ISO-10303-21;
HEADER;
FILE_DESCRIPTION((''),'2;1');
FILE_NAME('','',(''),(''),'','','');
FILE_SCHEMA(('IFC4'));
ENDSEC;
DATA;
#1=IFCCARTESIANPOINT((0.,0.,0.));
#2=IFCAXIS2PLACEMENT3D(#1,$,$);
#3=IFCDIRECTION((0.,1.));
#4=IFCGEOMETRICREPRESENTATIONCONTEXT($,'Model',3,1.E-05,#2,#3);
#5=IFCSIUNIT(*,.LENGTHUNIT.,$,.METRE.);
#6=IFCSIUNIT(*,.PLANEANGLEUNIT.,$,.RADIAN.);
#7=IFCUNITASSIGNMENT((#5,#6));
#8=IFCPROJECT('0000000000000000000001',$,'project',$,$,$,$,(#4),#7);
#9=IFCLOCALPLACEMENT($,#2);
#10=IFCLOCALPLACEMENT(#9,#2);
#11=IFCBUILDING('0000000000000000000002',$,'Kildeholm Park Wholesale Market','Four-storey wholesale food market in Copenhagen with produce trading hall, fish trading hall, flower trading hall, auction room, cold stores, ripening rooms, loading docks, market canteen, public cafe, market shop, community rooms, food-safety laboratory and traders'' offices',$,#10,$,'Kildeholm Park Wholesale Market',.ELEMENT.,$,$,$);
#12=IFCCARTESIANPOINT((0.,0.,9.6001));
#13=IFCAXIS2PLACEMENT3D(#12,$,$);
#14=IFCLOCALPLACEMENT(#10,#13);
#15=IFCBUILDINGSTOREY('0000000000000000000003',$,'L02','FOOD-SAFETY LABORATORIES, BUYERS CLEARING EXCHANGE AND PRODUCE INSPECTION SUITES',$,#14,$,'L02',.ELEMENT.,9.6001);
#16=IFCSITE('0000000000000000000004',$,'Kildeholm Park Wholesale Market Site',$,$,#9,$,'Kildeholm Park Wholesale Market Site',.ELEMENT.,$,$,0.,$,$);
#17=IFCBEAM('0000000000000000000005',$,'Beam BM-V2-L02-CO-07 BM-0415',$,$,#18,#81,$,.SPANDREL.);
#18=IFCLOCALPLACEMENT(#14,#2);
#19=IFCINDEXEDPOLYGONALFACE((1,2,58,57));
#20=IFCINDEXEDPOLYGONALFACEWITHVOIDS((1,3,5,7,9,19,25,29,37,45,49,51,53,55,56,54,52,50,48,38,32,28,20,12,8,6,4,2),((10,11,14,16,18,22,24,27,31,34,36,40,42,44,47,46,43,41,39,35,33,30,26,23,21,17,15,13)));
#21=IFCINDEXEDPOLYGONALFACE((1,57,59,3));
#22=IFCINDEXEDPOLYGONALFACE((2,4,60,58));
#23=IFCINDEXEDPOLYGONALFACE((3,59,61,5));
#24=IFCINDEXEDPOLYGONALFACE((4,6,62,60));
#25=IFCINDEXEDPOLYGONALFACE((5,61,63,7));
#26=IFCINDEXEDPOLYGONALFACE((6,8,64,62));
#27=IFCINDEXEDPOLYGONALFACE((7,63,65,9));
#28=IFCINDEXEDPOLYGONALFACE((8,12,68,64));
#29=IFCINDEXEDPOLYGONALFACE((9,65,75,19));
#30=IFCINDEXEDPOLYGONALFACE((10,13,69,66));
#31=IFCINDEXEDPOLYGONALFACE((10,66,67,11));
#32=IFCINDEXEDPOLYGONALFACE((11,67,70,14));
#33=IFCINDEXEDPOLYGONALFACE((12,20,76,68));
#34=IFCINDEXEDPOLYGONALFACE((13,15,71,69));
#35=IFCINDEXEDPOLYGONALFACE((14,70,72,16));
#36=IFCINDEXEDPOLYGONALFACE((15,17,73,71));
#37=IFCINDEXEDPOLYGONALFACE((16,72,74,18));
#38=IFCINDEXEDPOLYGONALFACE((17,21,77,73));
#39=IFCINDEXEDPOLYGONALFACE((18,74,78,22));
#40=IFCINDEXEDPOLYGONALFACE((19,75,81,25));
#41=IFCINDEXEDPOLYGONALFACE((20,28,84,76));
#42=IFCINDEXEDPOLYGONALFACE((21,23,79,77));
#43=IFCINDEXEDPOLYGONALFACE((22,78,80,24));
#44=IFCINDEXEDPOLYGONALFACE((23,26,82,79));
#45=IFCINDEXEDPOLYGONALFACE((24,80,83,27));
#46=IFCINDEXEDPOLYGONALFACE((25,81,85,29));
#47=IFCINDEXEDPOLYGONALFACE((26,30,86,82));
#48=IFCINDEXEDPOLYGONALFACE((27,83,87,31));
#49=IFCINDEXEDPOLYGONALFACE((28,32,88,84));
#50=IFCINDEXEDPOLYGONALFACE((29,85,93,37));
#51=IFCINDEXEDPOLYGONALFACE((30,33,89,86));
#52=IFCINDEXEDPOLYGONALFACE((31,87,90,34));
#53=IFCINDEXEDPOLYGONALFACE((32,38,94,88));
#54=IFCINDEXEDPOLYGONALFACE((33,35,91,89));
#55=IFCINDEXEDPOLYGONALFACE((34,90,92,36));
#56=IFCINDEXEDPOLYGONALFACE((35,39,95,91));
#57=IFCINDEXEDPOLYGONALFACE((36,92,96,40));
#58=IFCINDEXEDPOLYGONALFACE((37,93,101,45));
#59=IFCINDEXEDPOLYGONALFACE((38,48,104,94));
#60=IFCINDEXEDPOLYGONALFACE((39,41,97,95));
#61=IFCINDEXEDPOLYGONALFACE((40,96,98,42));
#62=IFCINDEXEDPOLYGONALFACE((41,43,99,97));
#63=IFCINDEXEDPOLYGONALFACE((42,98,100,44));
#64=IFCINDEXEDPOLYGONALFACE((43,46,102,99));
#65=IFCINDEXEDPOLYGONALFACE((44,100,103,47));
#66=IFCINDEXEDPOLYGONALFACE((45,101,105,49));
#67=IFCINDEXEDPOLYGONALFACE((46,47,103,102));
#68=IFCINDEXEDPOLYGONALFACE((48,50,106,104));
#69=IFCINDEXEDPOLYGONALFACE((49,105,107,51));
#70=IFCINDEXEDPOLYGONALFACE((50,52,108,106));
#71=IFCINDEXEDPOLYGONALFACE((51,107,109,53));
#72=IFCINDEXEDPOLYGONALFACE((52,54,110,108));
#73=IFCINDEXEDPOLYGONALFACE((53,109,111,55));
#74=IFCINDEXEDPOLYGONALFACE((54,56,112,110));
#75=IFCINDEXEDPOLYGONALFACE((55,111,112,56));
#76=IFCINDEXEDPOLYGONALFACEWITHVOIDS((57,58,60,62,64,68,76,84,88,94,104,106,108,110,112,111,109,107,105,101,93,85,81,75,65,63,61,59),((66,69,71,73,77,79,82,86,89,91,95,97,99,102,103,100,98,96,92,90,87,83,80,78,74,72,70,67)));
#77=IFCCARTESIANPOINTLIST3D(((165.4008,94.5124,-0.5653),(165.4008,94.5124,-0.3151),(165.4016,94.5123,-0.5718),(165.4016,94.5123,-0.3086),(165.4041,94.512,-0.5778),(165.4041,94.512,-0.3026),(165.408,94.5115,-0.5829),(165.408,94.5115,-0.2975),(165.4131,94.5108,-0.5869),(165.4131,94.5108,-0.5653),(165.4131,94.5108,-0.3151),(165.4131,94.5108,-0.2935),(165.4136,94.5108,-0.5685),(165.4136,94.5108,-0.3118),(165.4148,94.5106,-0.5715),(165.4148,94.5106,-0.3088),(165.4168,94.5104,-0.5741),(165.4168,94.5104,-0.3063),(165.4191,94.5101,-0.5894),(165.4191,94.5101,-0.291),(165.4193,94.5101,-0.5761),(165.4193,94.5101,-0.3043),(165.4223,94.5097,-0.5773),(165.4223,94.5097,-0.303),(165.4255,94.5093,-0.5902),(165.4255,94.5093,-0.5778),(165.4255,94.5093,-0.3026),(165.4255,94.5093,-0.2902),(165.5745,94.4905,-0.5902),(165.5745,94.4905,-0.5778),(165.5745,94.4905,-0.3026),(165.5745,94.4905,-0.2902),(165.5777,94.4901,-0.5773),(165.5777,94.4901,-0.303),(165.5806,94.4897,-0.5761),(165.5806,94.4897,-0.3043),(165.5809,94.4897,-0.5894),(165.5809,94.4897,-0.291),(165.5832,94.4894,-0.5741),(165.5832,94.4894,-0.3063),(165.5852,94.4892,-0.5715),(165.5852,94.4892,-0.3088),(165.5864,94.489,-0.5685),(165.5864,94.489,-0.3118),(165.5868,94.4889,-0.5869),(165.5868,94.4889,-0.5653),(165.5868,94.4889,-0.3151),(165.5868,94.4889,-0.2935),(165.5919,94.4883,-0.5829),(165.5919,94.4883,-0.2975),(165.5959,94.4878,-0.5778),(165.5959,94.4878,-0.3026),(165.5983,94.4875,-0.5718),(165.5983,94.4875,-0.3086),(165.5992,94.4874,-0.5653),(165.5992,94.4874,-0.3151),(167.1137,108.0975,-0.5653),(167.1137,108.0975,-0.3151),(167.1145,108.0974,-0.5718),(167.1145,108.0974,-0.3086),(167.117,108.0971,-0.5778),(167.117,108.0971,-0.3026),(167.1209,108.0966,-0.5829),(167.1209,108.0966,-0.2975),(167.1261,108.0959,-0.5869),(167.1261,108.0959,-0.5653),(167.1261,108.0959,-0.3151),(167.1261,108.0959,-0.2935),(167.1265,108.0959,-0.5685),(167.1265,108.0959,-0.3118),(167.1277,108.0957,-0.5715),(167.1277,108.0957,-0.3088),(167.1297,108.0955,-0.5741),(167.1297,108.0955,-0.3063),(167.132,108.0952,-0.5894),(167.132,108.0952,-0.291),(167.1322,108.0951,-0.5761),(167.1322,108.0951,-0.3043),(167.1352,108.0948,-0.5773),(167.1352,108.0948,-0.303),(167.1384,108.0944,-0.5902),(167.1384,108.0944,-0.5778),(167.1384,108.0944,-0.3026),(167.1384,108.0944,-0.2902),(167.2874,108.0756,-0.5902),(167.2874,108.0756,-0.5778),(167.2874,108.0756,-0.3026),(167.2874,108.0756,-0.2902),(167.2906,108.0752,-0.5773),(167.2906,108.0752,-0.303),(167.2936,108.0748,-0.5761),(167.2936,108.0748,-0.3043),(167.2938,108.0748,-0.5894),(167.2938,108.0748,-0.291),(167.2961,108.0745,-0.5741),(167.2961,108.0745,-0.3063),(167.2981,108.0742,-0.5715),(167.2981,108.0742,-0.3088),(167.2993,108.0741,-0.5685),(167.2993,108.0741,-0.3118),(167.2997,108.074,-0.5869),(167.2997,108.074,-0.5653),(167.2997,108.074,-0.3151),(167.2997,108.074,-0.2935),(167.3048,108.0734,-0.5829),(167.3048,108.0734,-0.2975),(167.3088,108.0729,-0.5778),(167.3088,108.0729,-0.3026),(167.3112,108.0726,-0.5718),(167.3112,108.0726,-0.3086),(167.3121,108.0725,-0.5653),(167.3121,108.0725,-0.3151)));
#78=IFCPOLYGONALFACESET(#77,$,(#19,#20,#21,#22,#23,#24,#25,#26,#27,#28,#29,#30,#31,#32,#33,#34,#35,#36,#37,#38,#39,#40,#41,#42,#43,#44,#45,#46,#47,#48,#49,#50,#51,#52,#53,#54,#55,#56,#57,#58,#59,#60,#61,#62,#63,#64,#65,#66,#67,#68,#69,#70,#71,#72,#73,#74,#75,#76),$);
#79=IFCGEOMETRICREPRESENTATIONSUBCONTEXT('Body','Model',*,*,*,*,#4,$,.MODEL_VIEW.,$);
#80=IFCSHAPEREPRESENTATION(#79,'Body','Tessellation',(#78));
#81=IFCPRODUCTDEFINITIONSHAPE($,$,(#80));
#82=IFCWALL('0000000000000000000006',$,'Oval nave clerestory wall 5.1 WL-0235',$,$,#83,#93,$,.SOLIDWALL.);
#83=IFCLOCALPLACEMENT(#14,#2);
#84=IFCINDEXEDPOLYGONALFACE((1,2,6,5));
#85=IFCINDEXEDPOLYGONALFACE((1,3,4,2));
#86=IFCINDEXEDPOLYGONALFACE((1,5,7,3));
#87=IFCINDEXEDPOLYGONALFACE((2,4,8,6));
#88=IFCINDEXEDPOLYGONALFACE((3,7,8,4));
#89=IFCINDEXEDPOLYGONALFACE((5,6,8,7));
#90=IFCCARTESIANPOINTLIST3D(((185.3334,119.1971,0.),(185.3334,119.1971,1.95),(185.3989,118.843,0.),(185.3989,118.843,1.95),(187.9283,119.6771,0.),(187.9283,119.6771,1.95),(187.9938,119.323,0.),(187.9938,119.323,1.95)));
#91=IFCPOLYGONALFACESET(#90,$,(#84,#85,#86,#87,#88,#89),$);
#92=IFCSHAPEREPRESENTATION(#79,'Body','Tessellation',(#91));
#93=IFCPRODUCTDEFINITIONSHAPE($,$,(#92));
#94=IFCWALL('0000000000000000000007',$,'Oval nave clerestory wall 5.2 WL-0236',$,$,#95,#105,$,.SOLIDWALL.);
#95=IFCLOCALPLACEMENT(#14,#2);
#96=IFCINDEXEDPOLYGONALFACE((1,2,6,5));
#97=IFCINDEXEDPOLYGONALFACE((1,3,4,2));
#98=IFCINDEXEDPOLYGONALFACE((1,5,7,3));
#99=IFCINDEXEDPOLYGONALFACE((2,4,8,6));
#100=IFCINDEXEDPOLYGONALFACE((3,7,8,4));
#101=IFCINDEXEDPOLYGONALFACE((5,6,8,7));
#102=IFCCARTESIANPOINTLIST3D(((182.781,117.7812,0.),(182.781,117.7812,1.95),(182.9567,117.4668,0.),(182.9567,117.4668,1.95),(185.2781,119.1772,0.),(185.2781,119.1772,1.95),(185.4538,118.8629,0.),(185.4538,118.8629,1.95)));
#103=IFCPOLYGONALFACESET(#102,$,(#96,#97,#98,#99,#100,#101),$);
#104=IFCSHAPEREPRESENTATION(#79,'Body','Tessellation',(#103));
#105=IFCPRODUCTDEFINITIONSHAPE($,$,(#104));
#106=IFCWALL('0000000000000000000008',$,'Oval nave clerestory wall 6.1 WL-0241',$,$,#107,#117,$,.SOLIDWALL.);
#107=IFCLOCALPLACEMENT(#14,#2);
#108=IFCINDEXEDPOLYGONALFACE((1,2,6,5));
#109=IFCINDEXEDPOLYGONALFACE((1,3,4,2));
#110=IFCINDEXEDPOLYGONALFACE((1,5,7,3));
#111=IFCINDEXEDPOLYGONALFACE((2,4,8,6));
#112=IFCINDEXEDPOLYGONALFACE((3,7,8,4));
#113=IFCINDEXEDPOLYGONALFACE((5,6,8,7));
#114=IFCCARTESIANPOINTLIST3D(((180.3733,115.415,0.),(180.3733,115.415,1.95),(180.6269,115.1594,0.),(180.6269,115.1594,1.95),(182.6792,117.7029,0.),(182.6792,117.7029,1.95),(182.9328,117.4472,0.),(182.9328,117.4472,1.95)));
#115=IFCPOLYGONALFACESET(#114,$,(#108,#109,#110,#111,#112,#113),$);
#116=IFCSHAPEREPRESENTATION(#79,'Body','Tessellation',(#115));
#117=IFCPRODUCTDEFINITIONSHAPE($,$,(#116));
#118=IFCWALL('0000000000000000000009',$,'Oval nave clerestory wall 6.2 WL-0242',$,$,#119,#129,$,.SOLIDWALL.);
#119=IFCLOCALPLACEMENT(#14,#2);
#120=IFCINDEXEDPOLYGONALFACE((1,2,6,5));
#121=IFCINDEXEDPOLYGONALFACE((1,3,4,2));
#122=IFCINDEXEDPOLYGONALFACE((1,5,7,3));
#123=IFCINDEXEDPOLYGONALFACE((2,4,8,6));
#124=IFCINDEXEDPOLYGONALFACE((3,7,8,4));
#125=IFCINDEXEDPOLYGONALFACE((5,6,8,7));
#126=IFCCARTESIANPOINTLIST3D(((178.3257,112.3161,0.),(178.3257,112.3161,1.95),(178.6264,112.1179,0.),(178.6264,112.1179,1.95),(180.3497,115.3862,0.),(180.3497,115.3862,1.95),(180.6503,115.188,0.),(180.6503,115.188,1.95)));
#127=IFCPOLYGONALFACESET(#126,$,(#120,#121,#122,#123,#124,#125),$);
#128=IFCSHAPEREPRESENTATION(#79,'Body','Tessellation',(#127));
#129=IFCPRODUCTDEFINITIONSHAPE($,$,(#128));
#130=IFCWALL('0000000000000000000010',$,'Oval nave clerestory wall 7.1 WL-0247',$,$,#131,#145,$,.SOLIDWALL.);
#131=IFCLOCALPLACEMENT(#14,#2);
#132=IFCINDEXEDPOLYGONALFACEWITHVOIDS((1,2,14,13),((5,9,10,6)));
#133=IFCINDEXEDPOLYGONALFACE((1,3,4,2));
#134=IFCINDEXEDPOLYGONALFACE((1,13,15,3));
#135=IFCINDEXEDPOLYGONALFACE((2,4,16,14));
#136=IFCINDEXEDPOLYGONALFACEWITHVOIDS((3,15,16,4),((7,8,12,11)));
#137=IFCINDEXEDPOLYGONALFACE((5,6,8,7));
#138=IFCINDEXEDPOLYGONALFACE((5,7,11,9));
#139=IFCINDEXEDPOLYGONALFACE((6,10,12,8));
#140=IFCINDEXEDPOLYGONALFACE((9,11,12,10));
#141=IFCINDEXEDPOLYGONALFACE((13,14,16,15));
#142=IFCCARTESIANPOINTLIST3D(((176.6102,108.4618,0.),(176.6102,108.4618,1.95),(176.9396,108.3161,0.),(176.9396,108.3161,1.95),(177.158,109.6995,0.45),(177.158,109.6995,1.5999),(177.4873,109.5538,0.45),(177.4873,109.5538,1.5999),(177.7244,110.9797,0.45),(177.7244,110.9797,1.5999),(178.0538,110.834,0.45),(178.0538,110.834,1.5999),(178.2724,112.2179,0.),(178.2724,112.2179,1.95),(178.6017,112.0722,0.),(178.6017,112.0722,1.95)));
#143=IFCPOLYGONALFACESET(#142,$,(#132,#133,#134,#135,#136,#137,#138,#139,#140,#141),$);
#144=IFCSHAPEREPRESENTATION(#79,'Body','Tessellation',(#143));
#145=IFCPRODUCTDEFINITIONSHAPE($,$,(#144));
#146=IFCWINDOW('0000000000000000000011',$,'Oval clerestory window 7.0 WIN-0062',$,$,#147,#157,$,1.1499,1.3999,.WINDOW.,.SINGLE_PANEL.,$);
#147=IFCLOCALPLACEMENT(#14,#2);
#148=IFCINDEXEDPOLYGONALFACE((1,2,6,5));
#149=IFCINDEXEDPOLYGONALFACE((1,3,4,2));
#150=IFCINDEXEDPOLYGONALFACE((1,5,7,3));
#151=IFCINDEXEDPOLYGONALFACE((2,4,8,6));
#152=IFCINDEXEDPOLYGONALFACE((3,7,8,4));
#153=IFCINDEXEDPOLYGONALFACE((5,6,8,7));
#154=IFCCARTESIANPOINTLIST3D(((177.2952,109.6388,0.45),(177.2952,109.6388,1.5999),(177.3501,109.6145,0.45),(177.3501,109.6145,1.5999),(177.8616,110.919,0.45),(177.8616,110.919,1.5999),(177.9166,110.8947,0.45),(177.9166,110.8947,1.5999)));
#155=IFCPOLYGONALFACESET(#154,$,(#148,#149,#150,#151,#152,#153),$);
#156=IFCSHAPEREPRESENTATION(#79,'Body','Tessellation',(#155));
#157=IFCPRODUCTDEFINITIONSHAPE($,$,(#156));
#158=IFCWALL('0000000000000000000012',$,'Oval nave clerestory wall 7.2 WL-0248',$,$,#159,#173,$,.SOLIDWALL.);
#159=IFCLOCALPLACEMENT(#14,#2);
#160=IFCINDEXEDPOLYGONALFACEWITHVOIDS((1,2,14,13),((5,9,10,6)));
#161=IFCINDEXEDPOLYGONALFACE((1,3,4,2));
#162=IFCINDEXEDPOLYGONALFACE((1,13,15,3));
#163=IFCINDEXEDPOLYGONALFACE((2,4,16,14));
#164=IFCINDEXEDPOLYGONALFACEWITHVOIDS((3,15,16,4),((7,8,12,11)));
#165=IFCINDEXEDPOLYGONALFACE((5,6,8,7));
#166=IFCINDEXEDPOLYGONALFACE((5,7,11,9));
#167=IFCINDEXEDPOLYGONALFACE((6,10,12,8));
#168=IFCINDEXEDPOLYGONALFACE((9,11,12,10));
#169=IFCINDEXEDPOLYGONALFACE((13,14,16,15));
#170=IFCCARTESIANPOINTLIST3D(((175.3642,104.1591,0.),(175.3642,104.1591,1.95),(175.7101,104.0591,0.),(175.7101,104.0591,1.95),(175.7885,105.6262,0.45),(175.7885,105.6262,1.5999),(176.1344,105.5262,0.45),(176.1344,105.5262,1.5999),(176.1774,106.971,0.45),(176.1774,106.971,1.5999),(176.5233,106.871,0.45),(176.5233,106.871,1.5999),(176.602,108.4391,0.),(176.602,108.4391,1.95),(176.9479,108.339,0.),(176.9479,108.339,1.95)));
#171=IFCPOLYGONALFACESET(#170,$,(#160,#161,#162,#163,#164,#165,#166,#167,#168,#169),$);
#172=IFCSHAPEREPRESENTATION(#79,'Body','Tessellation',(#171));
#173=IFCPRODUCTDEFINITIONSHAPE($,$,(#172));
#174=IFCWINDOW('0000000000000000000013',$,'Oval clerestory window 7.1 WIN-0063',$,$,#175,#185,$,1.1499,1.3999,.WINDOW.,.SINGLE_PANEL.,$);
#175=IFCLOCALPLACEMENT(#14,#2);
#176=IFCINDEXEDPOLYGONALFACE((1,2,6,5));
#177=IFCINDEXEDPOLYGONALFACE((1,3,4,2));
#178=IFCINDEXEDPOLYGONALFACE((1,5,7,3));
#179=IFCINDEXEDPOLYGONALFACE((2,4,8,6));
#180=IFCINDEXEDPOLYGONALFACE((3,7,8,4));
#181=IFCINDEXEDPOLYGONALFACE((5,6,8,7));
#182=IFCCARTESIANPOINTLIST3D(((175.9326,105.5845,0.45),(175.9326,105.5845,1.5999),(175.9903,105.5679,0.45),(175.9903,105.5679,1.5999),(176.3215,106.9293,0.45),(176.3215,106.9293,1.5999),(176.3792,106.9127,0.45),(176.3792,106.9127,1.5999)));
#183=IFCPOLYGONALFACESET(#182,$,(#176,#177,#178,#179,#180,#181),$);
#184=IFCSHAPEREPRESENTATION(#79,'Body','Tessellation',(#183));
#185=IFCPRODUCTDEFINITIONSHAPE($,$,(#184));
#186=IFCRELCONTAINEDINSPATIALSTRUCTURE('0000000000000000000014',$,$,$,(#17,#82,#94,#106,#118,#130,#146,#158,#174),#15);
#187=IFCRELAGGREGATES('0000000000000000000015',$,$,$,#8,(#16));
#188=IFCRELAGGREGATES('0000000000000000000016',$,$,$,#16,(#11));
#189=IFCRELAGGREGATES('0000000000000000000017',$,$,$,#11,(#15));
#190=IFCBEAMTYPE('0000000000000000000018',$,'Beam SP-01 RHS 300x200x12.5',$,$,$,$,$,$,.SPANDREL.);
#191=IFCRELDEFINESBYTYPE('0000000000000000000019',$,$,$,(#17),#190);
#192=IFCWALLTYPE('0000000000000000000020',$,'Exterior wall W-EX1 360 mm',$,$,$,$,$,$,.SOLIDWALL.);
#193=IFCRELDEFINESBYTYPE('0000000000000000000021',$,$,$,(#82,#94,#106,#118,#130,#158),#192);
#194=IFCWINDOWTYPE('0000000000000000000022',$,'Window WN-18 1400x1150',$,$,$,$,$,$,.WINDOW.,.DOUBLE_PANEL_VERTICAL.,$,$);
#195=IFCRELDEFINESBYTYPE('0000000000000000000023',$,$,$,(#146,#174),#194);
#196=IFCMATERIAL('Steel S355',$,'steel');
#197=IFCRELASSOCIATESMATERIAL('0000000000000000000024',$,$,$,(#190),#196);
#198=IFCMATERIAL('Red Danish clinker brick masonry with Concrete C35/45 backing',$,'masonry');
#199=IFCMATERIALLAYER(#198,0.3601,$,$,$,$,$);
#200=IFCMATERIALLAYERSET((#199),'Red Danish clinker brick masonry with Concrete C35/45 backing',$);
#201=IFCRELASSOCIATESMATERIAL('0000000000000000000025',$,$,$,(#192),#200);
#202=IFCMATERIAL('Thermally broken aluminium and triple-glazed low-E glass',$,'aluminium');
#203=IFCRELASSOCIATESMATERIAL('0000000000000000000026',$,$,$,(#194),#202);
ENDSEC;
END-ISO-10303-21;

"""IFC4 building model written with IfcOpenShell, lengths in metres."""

from ifc_helpers import new_model, si_unit, direction, frame, frame_2d, origin, origin_2d, place, context, subcontext, project, spatial, rectangle, hollow_rectangle, extrude, material, layer, layer_set, material_profile, profile_set, type_object, element, fill, save


model = new_model("IFC4")

# Units and contexts
model_context = context("Model", 3, precision=1e-05, world=origin(), true_north=direction((0.0, 1.0)))
body_context = subcontext(model_context, "Body", "Model", "MODEL_VIEW")
ifc_project = project(units=[si_unit("LENGTHUNIT", "METRE"), si_unit("PLANEANGLEUNIT", "RADIAN")], contexts=[model_context])

# Site, building, storey
site_placement = place(None, origin())
site = spatial("IfcSite", under=ifc_project, at=site_placement, Name="Kildeholm Park Wholesale Market Site", LongName="Kildeholm Park Wholesale Market Site", CompositionType="ELEMENT", RefElevation=0.0)
building_placement = place(site_placement, origin())
building = spatial("IfcBuilding", under=site, at=building_placement, Name="Kildeholm Park Wholesale Market", Description="Four-storey wholesale food market in Copenhagen with produce trading hall, fish trading hall, flower trading hall, auction room, cold stores, ripening rooms, loading docks, market canteen, public cafe, market shop, community rooms, food-safety laboratory and traders' offices", LongName="Kildeholm Park Wholesale Market", CompositionType="ELEMENT")
storey_placement = place(building_placement, frame((0.0, 0.0, 9.6001)))
storey = spatial("IfcBuildingStorey", under=building, at=storey_placement, Name="L02", Description="FOOD-SAFETY LABORATORIES, BUYERS CLEARING EXCHANGE AND PRODUCE INSPECTION SUITES", LongName="L02", CompositionType="ELEMENT", Elevation=9.6001)

# Shared definitions
ifc_material_1 = material(Name="Steel S355", Category="steel")

# Beam
ifc_material_profile_1 = material_profile(ifc_material_1, hollow_rectangle(XDim=0.2, YDim=0.3, WallThickness=0.0125, InnerFilletRadius=0.0125, OuterFilletRadius=0.0249, at=origin_2d()), Name="RHS 300x200x12.5")
ifc_profile_set_1 = profile_set([ifc_material_profile_1], Name="Steel S355")
beam_type_1 = type_object("IfcBeamType", Name="Beam SP-01 RHS 300x200x12.5", PredefinedType="SPANDREL", material=ifc_profile_set_1)
beam_1_placement = place(storey_placement, frame((167.2129, 108.085, -0.4402), z_axis=(-0.125097, -0.992145, 0.0), x_axis=(0.992145, -0.125097, 0.0)))
element("IfcBeam", 1, at=beam_1_placement, inside=storey, type_object=beam_type_1, Name="Beam BM-V2-L02-CO-07 BM-0415", PredefinedType="SPANDREL", context=body_context, shape_type="SweptSolid", body=[
    extrude(hollow_rectangle(XDim=0.2, YDim=0.3, WallThickness=0.0125, InnerFilletRadius=0.0125, OuterFilletRadius=0.0249, at=origin_2d()), origin(), (0.0, 0.0, 1.0), 13.6926),
])

# Walls
ifc_material_2 = material(Name="Red Danish clinker brick masonry with Concrete C35/45 backing", Category="masonry")
ifc_layer_1 = layer(ifc_material_2, 0.3601)
ifc_layer_set_1 = layer_set([ifc_layer_1], Name="Red Danish clinker brick masonry with Concrete C35/45 backing")
wall_type_1 = type_object("IfcWallType", Name="Exterior wall W-EX1 360 mm", PredefinedType="SOLIDWALL", material=ifc_layer_set_1)
wall_1_placement = place(storey_placement, frame((187.9609, 119.5, 0.0), z_axis=(0.0, 0.0, 1.0), x_axis=(-0.983321, -0.181881, 0.0)))
element("IfcWall", 2, at=wall_1_placement, inside=storey, type_object=wall_type_1, Name="Oval nave clerestory wall 5.1 WL-0235", PredefinedType="SOLIDWALL", context=body_context, shape_type="SweptSolid", body=[
    extrude(rectangle(XDim=2.6389, YDim=0.3601, at=frame_2d((1.3193, 0.0))), origin(), (0.0, 0.0, 1.0), 1.95),
])
wall_2_placement = place(storey_placement, frame((185.366, 119.02, 0.0), z_axis=(0.0, 0.0, 1.0), x_axis=(-0.872858, -0.487974, 0.0)))
element("IfcWall", 3, at=wall_2_placement, inside=storey, type_object=wall_type_1, Name="Oval nave clerestory wall 5.2 WL-0236", PredefinedType="SOLIDWALL", context=body_context, shape_type="SweptSolid", body=[
    extrude(rectangle(XDim=2.8608, YDim=0.3601, at=frame_2d((1.4304, 0.0))), origin(), (0.0, 0.0, 1.0), 1.95),
])
wall_3_placement = place(storey_placement, frame((182.8059, 117.575, 0.0), z_axis=(0.0, 0.0, 1.0), x_axis=(-0.709882, -0.70432, 0.0)))
element("IfcWall", 4, at=wall_3_placement, inside=storey, type_object=wall_type_1, Name="Oval nave clerestory wall 6.1 WL-0241", PredefinedType="SOLIDWALL", context=body_context, shape_type="SweptSolid", body=[
    extrude(rectangle(XDim=3.2483, YDim=0.3601, at=frame_2d((1.624, 0.0))), origin(), (0.0, 0.0, 1.0), 1.95),
])
wall_4_placement = place(storey_placement, frame((180.5, 115.2871, 0.0), z_axis=(0.0, 0.0, 1.0), x_axis=(-0.550403, -0.834899, 0.0)))
element("IfcWall", 5, at=wall_4_placement, inside=storey, type_object=wall_type_1, Name="Oval nave clerestory wall 6.2 WL-0242", PredefinedType="SOLIDWALL", context=body_context, shape_type="SweptSolid", body=[
    extrude(rectangle(XDim=3.6772, YDim=0.3601, at=frame_2d((1.8386, 0.0))), origin(), (0.0, 0.0, 1.0), 1.95),
])

# Walls, openings, windows
wall_5_placement = place(storey_placement, frame((178.437, 112.145, 0.0), z_axis=(0.0, 0.0, 1.0), x_axis=(-0.40466, -0.914467, 0.0)))
wall_5 = element("IfcWall", 6, at=wall_5_placement, inside=storey, type_object=wall_type_1, Name="Oval nave clerestory wall 7.1 WL-0247", PredefinedType="SOLIDWALL", context=body_context, shape_type="SweptSolid", body=[
    extrude(rectangle(XDim=4.1074, YDim=0.3601, at=frame_2d((2.0537, 0.0))), origin(), (0.0, 0.0, 1.0), 1.95),
])
opening_1_placement = place(wall_5_placement, frame((1.354, 0.0, 0.45)))
opening_1 = element("IfcOpeningElement", 7, at=opening_1_placement, cuts=wall_5, PredefinedType="OPENING", context=body_context, shape_type="SweptSolid", body=[
    extrude(rectangle(XDim=1.3999, YDim=1.1499, at=frame_2d((0.7, 0.575))), frame((0.0, 0.1899, 0.0), z_axis=(0.0, -1.0, 0.0), x_axis=(1.0, 0.0, 0.0)), (0.0, 0.0, 1.0), 0.3801),
])
ifc_material_3 = material(Name="Thermally broken aluminium and triple-glazed low-E glass", Category="aluminium")
window_type = type_object("IfcWindowType", Name="Window WN-18 1400x1150", PartitioningType="DOUBLE_PANEL_VERTICAL", PredefinedType="WINDOW", material=ifc_material_3)
window_1_placement = place(opening_1_placement, origin())
window_1 = element("IfcWindow", 8, at=window_1_placement, inside=storey, type_object=window_type, Name="Oval clerestory window 7.0 WIN-0062", OverallHeight=1.1499, OverallWidth=1.3999, PartitioningType="SINGLE_PANEL", PredefinedType="WINDOW", context=body_context, shape_type="SweptSolid", body=[
    extrude(rectangle(XDim=1.3999, YDim=1.1499, at=frame_2d((0.7, 0.575))), frame((0.0, 0.03, 0.0), z_axis=(0.0, -1.0, 0.0), x_axis=(1.0, 0.0, 0.0)), (0.0, 0.0, 1.0), 0.0601),
])
fill(opening_1, window_1)
wall_6_placement = place(storey_placement, frame((176.7749, 108.3889, 0.0), z_axis=(0.0, 0.0, 1.0), x_axis=(-0.277817, -0.960634, 0.0)))
wall_6 = element("IfcWall", 9, at=wall_6_placement, inside=storey, type_object=wall_type_1, Name="Oval nave clerestory wall 7.2 WL-0248", PredefinedType="SOLIDWALL", context=body_context, shape_type="SweptSolid", body=[
    extrude(rectangle(XDim=4.4553, YDim=0.3601, at=frame_2d((2.2275, 0.0))), origin(), (0.0, 0.0, 1.0), 1.95),
])
opening_2_placement = place(wall_6_placement, frame((1.5281, 0.0, 0.45)))
opening_2 = element("IfcOpeningElement", 10, at=opening_2_placement, cuts=wall_6, PredefinedType="OPENING", context=body_context, shape_type="SweptSolid", body=[
    extrude(rectangle(XDim=1.3999, YDim=1.1499, at=frame_2d((0.7, 0.575))), frame((0.0, 0.1899, 0.0), z_axis=(0.0, -1.0, 0.0), x_axis=(1.0, 0.0, 0.0)), (0.0, 0.0, 1.0), 0.3801),
])
window_2_placement = place(opening_2_placement, origin())
window_2 = element("IfcWindow", 11, at=window_2_placement, inside=storey, type_object=window_type, Name="Oval clerestory window 7.1 WIN-0063", OverallHeight=1.1499, OverallWidth=1.3999, PartitioningType="SINGLE_PANEL", PredefinedType="WINDOW", context=body_context, shape_type="SweptSolid", body=[
    extrude(rectangle(XDim=1.3999, YDim=1.1499, at=frame_2d((0.7, 0.575))), frame((0.0, 0.03, 0.0), z_axis=(0.0, -1.0, 0.0), x_axis=(1.0, 0.0, 0.0)), (0.0, 0.0, 1.0), 0.0601),
])
fill(opening_2, window_2)

save(model, "model.ifc")
